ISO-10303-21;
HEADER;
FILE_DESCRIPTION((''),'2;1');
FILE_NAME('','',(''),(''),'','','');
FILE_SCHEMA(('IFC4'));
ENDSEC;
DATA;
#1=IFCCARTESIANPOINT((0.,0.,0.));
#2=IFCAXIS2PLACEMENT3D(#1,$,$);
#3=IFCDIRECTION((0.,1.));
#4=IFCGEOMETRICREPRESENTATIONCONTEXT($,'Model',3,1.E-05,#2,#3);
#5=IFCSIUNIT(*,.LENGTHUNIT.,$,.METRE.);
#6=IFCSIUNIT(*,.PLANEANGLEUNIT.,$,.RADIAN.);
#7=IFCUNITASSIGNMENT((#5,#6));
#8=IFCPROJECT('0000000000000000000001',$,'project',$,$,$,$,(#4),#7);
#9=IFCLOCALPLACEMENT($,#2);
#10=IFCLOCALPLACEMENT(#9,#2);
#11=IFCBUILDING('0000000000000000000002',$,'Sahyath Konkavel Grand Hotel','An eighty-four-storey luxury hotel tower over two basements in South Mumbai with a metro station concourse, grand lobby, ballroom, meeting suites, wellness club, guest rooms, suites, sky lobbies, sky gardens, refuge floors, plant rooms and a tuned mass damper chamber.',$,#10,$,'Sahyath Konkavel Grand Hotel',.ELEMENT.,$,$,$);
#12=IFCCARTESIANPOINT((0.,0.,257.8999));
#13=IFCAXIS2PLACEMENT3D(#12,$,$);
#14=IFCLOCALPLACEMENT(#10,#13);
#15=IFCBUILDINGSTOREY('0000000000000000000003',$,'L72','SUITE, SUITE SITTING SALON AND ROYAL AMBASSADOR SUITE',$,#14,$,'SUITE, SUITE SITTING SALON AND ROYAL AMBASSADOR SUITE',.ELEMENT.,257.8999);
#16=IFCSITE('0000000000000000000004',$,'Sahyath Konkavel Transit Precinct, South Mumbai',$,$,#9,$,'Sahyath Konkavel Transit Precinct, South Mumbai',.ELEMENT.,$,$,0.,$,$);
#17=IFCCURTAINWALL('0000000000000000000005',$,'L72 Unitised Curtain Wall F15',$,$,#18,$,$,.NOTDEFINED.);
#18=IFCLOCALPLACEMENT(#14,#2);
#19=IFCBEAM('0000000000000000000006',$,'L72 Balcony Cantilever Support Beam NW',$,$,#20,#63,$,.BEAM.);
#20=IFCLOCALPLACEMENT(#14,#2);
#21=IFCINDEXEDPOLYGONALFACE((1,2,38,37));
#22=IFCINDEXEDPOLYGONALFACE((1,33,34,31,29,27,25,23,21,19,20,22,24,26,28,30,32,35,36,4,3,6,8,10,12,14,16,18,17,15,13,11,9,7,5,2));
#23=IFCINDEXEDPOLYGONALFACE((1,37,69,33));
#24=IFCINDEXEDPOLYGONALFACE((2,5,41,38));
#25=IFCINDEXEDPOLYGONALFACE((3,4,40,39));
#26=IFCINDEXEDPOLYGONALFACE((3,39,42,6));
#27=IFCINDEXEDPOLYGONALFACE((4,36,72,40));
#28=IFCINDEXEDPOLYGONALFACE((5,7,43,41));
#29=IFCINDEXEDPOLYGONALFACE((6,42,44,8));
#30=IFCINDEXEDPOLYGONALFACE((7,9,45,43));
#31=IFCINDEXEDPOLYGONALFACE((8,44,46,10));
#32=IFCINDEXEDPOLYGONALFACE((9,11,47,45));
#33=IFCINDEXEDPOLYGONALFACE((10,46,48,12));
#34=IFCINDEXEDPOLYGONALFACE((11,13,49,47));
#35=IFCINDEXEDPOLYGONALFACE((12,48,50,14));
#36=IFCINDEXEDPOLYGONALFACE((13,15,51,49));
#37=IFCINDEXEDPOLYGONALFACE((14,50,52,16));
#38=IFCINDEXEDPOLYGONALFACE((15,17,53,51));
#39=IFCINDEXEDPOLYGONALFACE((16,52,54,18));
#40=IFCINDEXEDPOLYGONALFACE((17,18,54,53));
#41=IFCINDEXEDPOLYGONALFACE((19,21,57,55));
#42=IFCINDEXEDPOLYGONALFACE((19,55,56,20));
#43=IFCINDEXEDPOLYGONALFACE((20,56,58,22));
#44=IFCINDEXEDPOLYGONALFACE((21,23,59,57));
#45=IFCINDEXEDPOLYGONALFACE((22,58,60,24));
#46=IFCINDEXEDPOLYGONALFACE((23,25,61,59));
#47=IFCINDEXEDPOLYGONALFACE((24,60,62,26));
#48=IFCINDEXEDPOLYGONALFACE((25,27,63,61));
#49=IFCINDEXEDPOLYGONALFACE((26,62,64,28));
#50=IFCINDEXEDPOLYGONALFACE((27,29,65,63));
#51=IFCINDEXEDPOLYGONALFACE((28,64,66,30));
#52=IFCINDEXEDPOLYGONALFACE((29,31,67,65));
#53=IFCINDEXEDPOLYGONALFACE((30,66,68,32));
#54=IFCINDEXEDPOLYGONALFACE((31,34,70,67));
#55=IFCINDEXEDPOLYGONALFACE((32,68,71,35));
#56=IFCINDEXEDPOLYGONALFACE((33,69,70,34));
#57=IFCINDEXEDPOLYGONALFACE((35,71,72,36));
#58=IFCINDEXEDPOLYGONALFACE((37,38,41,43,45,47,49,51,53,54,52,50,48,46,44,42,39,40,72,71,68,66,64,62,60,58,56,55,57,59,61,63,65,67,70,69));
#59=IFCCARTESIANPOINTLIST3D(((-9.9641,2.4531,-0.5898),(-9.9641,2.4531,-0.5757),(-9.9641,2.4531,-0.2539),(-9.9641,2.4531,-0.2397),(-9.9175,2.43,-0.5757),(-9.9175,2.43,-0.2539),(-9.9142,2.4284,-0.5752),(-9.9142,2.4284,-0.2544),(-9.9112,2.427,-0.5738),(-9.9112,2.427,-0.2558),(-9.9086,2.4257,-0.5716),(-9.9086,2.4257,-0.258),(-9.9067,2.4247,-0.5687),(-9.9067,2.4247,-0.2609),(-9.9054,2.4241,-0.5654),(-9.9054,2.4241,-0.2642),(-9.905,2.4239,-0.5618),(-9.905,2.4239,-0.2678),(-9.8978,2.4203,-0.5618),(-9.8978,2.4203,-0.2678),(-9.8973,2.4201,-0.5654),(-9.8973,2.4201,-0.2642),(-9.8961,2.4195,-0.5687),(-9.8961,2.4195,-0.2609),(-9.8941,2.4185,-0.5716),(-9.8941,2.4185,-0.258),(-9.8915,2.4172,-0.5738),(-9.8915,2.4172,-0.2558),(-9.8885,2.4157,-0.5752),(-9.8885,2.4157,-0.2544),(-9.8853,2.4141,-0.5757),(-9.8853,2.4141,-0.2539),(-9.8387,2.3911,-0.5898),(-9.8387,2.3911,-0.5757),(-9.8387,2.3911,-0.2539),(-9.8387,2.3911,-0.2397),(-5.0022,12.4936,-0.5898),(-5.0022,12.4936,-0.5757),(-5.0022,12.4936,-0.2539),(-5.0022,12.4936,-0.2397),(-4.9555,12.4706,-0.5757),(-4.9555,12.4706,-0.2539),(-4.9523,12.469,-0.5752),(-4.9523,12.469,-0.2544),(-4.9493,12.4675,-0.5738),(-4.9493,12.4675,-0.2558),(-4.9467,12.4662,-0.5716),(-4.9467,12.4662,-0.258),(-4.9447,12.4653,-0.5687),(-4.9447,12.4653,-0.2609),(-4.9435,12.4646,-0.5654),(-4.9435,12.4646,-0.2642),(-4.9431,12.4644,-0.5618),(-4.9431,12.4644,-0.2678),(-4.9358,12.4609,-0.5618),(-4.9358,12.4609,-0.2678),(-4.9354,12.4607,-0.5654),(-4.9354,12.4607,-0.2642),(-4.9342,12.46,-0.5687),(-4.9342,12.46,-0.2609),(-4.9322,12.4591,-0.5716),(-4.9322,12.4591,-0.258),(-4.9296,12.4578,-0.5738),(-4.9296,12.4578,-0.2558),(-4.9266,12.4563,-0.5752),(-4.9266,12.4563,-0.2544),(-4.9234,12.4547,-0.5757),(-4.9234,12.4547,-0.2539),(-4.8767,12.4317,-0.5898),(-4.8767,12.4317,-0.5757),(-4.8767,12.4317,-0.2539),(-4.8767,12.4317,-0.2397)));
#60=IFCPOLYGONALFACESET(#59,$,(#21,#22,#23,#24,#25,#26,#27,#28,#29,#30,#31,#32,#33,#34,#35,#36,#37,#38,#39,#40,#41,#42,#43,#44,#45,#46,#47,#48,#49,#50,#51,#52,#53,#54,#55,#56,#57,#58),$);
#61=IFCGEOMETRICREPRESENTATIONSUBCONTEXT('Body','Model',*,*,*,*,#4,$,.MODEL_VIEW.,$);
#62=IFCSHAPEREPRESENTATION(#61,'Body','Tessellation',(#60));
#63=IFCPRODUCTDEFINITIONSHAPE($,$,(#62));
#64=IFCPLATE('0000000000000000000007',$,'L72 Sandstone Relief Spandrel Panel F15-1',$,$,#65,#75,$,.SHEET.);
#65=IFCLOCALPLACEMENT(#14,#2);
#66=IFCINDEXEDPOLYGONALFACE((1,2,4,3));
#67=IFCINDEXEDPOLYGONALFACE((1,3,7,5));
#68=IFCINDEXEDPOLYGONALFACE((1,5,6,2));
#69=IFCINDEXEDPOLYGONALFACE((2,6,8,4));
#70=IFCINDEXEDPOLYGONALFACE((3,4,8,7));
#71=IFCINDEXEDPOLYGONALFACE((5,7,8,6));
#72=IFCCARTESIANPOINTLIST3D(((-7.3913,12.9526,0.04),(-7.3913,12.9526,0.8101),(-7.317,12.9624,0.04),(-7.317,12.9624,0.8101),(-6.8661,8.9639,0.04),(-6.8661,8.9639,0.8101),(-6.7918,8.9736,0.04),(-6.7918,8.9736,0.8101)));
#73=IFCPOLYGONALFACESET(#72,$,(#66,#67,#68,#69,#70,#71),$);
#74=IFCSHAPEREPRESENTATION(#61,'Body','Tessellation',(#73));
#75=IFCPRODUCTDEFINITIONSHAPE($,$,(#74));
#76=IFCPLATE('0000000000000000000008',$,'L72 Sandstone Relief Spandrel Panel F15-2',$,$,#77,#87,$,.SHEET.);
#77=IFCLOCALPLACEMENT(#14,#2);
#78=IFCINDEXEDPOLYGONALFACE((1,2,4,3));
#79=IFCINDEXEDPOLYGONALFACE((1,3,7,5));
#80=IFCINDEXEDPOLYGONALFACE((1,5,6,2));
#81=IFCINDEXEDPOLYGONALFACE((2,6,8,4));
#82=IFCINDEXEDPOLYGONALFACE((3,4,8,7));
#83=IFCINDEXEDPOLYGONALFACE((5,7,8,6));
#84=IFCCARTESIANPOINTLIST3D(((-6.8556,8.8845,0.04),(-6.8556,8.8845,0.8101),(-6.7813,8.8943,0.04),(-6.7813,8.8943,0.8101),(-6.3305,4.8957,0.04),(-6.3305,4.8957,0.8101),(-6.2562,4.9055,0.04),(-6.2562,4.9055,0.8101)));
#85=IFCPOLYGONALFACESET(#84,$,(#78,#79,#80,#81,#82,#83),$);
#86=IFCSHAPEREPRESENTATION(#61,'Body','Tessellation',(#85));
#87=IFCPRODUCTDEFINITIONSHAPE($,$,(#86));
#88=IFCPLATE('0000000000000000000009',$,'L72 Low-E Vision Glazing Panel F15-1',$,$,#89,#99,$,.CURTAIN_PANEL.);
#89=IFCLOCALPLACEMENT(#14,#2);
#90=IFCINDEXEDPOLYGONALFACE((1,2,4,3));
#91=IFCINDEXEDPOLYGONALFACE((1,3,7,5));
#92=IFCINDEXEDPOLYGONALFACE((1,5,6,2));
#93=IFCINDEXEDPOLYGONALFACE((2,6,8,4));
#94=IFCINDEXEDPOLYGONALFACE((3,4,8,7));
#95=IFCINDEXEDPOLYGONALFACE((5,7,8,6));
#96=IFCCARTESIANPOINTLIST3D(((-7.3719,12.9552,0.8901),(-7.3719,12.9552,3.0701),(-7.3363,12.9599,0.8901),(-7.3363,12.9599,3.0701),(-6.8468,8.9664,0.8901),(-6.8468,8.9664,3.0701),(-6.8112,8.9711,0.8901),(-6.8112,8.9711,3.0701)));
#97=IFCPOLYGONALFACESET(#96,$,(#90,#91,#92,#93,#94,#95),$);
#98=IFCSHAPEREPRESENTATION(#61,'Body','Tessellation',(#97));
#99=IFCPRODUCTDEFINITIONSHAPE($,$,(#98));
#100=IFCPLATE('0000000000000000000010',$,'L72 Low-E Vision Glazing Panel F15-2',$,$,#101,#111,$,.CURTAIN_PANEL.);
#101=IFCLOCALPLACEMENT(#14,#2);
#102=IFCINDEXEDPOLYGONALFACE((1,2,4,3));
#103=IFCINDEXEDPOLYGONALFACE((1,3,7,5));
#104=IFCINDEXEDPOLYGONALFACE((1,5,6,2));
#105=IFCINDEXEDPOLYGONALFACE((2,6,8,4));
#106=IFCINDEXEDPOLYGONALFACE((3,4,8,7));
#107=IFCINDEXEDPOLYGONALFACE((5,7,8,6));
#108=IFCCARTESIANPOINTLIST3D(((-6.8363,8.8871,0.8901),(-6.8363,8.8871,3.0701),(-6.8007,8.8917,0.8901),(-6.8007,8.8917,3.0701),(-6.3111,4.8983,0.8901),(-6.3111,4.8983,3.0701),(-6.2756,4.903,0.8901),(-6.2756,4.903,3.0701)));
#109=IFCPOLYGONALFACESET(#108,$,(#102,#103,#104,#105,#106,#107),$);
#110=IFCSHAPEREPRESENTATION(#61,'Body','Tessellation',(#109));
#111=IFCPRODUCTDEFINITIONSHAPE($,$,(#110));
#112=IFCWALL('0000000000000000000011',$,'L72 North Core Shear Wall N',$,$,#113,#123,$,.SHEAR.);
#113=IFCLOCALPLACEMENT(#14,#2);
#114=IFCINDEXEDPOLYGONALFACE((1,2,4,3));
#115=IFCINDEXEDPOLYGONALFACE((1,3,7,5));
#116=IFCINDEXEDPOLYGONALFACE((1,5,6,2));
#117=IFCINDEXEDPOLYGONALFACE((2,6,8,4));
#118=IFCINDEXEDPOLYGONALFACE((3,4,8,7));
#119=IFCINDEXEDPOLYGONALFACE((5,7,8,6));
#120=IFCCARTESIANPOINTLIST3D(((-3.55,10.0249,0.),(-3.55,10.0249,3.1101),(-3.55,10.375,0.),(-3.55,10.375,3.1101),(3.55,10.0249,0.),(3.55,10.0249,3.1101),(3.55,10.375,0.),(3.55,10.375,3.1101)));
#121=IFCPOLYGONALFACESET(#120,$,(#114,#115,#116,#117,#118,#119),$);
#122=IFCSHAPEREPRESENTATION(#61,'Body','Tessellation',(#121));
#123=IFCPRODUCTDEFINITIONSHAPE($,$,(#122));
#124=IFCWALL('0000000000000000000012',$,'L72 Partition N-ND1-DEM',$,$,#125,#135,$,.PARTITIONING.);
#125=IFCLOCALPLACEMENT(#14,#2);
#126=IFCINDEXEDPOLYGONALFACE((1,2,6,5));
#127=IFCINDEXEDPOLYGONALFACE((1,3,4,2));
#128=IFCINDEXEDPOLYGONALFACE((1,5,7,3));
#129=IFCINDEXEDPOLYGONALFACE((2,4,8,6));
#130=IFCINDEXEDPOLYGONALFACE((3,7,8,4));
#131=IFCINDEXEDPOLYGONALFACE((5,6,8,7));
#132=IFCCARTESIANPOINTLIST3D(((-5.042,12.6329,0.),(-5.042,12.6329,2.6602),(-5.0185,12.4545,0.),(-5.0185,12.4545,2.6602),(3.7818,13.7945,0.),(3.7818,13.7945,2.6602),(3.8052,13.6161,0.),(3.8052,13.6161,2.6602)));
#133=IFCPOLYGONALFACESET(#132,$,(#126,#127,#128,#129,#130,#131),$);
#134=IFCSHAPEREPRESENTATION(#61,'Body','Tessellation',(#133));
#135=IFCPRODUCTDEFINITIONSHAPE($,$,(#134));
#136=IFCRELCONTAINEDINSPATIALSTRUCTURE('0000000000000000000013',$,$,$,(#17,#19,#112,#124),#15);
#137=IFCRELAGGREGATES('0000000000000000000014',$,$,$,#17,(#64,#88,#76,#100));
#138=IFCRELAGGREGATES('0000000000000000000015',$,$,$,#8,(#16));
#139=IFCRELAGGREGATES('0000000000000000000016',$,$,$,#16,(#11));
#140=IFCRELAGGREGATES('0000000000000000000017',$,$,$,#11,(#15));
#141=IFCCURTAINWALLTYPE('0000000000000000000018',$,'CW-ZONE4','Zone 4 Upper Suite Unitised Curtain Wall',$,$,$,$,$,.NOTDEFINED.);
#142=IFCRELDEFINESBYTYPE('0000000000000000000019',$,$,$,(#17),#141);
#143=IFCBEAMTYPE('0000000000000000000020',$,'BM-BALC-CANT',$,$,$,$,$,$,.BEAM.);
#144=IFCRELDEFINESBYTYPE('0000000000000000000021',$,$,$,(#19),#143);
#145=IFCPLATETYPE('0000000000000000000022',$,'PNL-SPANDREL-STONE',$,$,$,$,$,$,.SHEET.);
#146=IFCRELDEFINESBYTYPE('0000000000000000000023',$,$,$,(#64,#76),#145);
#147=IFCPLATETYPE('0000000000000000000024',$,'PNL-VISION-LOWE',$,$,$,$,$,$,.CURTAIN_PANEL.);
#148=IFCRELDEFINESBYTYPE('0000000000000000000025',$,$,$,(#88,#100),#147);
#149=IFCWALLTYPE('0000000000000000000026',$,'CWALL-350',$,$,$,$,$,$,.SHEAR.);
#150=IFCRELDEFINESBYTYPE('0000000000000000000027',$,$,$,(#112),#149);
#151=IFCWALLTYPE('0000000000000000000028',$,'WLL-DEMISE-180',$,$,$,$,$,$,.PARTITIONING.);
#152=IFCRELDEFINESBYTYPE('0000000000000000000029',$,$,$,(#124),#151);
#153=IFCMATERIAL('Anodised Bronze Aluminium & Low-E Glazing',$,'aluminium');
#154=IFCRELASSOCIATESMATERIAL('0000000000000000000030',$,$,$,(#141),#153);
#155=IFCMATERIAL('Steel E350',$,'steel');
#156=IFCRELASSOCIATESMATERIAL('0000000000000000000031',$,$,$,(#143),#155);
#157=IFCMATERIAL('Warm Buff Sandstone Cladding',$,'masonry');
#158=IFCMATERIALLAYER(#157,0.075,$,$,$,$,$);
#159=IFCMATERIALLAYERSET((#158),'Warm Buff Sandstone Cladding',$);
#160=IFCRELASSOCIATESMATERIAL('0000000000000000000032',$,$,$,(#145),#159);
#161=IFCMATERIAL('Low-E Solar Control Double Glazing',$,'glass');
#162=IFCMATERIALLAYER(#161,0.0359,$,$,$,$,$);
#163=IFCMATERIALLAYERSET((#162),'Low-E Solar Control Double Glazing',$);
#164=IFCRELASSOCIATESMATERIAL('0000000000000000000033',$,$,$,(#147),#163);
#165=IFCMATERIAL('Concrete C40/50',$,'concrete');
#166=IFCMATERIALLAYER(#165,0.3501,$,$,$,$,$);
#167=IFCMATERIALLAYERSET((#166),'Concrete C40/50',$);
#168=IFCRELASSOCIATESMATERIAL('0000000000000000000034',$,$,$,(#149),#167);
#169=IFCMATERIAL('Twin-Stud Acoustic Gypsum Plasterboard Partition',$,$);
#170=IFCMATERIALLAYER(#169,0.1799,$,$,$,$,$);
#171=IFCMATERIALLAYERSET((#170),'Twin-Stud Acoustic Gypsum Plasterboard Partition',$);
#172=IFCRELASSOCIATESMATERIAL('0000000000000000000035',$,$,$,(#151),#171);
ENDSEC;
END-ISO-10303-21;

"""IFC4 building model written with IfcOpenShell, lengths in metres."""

from ifc_helpers import new_model, si_unit, direction, frame, frame_2d, origin, origin_2d, place, context, subcontext, project, spatial, rectangle, i_section, extrude, source, transform, mapped, material, layer, layer_set, material_profile, profile_set, type_object, element, aggregate, save


model = new_model("IFC4")

# Units and contexts
model_context = context("Model", 3, precision=1e-05, world=origin(), true_north=direction((0.0, 1.0)))
body_context = subcontext(model_context, "Body", "Model", "MODEL_VIEW")
ifc_project = project(units=[si_unit("LENGTHUNIT", "METRE"), si_unit("PLANEANGLEUNIT", "RADIAN")], contexts=[model_context])

# Site, building, storey
site_placement = place(None, origin())
site = spatial("IfcSite", under=ifc_project, at=site_placement, Name="Sahyath Konkavel Transit Precinct, South Mumbai", LongName="Sahyath Konkavel Transit Precinct, South Mumbai", CompositionType="ELEMENT", RefElevation=0.0)
building_placement = place(site_placement, origin())
building = spatial("IfcBuilding", under=site, at=building_placement, Name="Sahyath Konkavel Grand Hotel", Description="An eighty-four-storey luxury hotel tower over two basements in South Mumbai with a metro station concourse, grand lobby, ballroom, meeting suites, wellness club, guest rooms, suites, sky lobbies, sky gardens, refuge floors, plant rooms and a tuned mass damper chamber.", LongName="Sahyath Konkavel Grand Hotel", CompositionType="ELEMENT")
storey_placement = place(building_placement, frame((0.0, 0.0, 257.8999)))
storey = spatial("IfcBuildingStorey", under=building, at=storey_placement, Name="L72", Description="SUITE, SUITE SITTING SALON AND ROYAL AMBASSADOR SUITE", LongName="SUITE, SUITE SITTING SALON AND ROYAL AMBASSADOR SUITE", CompositionType="ELEMENT", Elevation=257.8999)

# Shared definitions
ifc_material_1 = material(Name="Steel E350", Category="steel")

# Curtain wall
ifc_material_2 = material(Name="Anodised Bronze Aluminium & Low-E Glazing", Category="aluminium")
curtain_wall_type = type_object("IfcCurtainWallType", Name="CW-ZONE4", Description="Zone 4 Upper Suite Unitised Curtain Wall", PredefinedType="NOTDEFINED", material=ifc_material_2)
curtain_wall_placement = place(storey_placement, origin())
curtain_wall = element("IfcCurtainWall", 1, at=curtain_wall_placement, inside=storey, type_object=curtain_wall_type, Name="L72 Unitised Curtain Wall F15", PredefinedType="NOTDEFINED")

# Beam
ifc_material_profile_1 = material_profile(ifc_material_1, i_section(OverallWidth=0.1399, OverallDepth=0.3501, WebThickness=0.0081, FlangeThickness=0.0142, FilletRadius=0.0139, at=origin_2d()), Name="ISMB 350")
ifc_profile_set_1 = profile_set([ifc_material_profile_1], Name="Steel E350")
beam_type_1 = type_object("IfcBeamType", Name="BM-BALC-CANT", PredefinedType="BEAM", material=ifc_profile_set_1)
shared_shape_1 = source(origin(), body_context, "Body", "SweptSolid", [
    extrude(i_section(OverallWidth=0.1399, OverallDepth=0.3501, WebThickness=0.0081, FlangeThickness=0.0142, FilletRadius=0.0139, at=origin_2d()), origin(), (0.0, 0.0, 1.0), 11.1997),
])
beam_1_placement = place(storey_placement, frame((-4.9395, 12.4626, -0.4148), z_axis=(-0.443041, -0.896501, 0.0), x_axis=(0.896501, -0.443041, 0.0)))
element("IfcBeam", 2, at=beam_1_placement, inside=storey, type_object=beam_type_1, Name="L72 Balcony Cantilever Support Beam NW", PredefinedType="BEAM", context=body_context, shape_type="MappedRepresentation", body=[
    mapped(shared_shape_1, transform((0.0, 0.0, 0.0), scale=1.0)),
])

# Plates
ifc_material_3 = material(Name="Warm Buff Sandstone Cladding", Category="masonry")
ifc_layer_1 = layer(ifc_material_3, 0.075)
ifc_layer_set_1 = layer_set([ifc_layer_1], Name="Warm Buff Sandstone Cladding")
plate_type_1 = type_object("IfcPlateType", Name="PNL-SPANDREL-STONE", PredefinedType="SHEET", material=ifc_layer_set_1)
shared_shape_2 = source(origin(), body_context, "Body", "SweptSolid", [
    extrude(rectangle(XDim=4.0232, YDim=0.075, at=origin_2d()), origin(), (0.0, 0.0, 1.0), 0.77),
])
plate_1_placement = place(storey_placement, frame((-7.0916, 10.9631, 0.04), z_axis=(0.0, 0.0, 1.0), x_axis=(0.130526, -0.991445, 0.0)))
plate_1 = element("IfcPlate", 3, at=plate_1_placement, type_object=plate_type_1, Name="L72 Sandstone Relief Spandrel Panel F15-1", PredefinedType="SHEET", context=body_context, shape_type="MappedRepresentation", body=[
    mapped(shared_shape_2, transform((0.0, 0.0, 0.0), scale=1.0)),
])
plate_2_placement = place(storey_placement, frame((-6.5559, 6.895, 0.04), z_axis=(0.0, 0.0, 1.0), x_axis=(0.130526, -0.991445, 0.0)))
plate_2 = element("IfcPlate", 4, at=plate_2_placement, type_object=plate_type_1, Name="L72 Sandstone Relief Spandrel Panel F15-2", PredefinedType="SHEET", context=body_context, shape_type="MappedRepresentation", body=[
    mapped(shared_shape_2, transform((0.0, 0.0, 0.0), scale=1.0)),
])
ifc_material_4 = material(Name="Low-E Solar Control Double Glazing", Category="glass")
ifc_layer_2 = layer(ifc_material_4, 0.0359)
ifc_layer_set_2 = layer_set([ifc_layer_2], Name="Low-E Solar Control Double Glazing")
plate_type_2 = type_object("IfcPlateType", Name="PNL-VISION-LOWE", PredefinedType="CURTAIN_PANEL", material=ifc_layer_set_2)
shared_shape_3 = source(origin(), body_context, "Body", "SweptSolid", [
    extrude(rectangle(XDim=4.0232, YDim=0.0359, at=origin_2d()), origin(), (0.0, 0.0, 1.0), 2.1799),
])
plate_3_placement = place(storey_placement, frame((-7.0916, 10.9631, 0.8901), z_axis=(0.0, 0.0, 1.0), x_axis=(0.130526, -0.991445, 0.0)))
plate_3 = element("IfcPlate", 5, at=plate_3_placement, type_object=plate_type_2, Name="L72 Low-E Vision Glazing Panel F15-1", PredefinedType="CURTAIN_PANEL", context=body_context, shape_type="MappedRepresentation", body=[
    mapped(shared_shape_3, transform((0.0, 0.0, 0.0), scale=1.0)),
])
plate_4_placement = place(storey_placement, frame((-6.5559, 6.895, 0.8901), z_axis=(0.0, 0.0, 1.0), x_axis=(0.130526, -0.991445, 0.0)))
plate_4 = element("IfcPlate", 6, at=plate_4_placement, type_object=plate_type_2, Name="L72 Low-E Vision Glazing Panel F15-2", PredefinedType="CURTAIN_PANEL", context=body_context, shape_type="MappedRepresentation", body=[
    mapped(shared_shape_3, transform((0.0, 0.0, 0.0), scale=1.0)),
])
aggregate(curtain_wall, [plate_1, plate_3, plate_2, plate_4])

# Walls
ifc_material_5 = material(Name="Concrete C40/50", Category="concrete")
ifc_layer_3 = layer(ifc_material_5, 0.3501)
ifc_layer_set_3 = layer_set([ifc_layer_3], Name="Concrete C40/50")
wall_type_1 = type_object("IfcWallType", Name="CWALL-350", PredefinedType="SHEAR", material=ifc_layer_set_3)
wall_1_placement = place(storey_placement, frame((-3.55, 10.2, 0.0), z_axis=(0.0, 0.0, 1.0), x_axis=(1.0, 0.0, 0.0)))
element("IfcWall", 7, at=wall_1_placement, inside=storey, type_object=wall_type_1, Name="L72 North Core Shear Wall N", PredefinedType="SHEAR", context=body_context, shape_type="SweptSolid", body=[
    extrude(rectangle(XDim=7.1001, YDim=0.3501, at=frame_2d((3.55, 0.0))), origin(), (0.0, 0.0, 1.0), 3.1101),
])
ifc_material_6 = material(Name="Twin-Stud Acoustic Gypsum Plasterboard Partition")
ifc_layer_4 = layer(ifc_material_6, 0.1799)
ifc_layer_set_4 = layer_set([ifc_layer_4], Name="Twin-Stud Acoustic Gypsum Plasterboard Partition")
wall_type_2 = type_object("IfcWallType", Name="WLL-DEMISE-180", PredefinedType="PARTITIONING", material=ifc_layer_set_4)
wall_2_placement = place(storey_placement, frame((-5.0303, 12.5437, 0.0), z_axis=(0.0, 0.0, 1.0), x_axis=(0.991446, 0.130521, 0.0)))
element("IfcWall", 8, at=wall_2_placement, inside=storey, type_object=wall_type_2, Name="L72 Partition N-ND1-DEM", PredefinedType="PARTITIONING", context=body_context, shape_type="SweptSolid", body=[
    extrude(rectangle(XDim=8.8999, YDim=0.1799, at=frame_2d((4.45, 0.0))), origin(), (0.0, 0.0, 1.0), 2.6602),
])

save(model, "model.ifc")
